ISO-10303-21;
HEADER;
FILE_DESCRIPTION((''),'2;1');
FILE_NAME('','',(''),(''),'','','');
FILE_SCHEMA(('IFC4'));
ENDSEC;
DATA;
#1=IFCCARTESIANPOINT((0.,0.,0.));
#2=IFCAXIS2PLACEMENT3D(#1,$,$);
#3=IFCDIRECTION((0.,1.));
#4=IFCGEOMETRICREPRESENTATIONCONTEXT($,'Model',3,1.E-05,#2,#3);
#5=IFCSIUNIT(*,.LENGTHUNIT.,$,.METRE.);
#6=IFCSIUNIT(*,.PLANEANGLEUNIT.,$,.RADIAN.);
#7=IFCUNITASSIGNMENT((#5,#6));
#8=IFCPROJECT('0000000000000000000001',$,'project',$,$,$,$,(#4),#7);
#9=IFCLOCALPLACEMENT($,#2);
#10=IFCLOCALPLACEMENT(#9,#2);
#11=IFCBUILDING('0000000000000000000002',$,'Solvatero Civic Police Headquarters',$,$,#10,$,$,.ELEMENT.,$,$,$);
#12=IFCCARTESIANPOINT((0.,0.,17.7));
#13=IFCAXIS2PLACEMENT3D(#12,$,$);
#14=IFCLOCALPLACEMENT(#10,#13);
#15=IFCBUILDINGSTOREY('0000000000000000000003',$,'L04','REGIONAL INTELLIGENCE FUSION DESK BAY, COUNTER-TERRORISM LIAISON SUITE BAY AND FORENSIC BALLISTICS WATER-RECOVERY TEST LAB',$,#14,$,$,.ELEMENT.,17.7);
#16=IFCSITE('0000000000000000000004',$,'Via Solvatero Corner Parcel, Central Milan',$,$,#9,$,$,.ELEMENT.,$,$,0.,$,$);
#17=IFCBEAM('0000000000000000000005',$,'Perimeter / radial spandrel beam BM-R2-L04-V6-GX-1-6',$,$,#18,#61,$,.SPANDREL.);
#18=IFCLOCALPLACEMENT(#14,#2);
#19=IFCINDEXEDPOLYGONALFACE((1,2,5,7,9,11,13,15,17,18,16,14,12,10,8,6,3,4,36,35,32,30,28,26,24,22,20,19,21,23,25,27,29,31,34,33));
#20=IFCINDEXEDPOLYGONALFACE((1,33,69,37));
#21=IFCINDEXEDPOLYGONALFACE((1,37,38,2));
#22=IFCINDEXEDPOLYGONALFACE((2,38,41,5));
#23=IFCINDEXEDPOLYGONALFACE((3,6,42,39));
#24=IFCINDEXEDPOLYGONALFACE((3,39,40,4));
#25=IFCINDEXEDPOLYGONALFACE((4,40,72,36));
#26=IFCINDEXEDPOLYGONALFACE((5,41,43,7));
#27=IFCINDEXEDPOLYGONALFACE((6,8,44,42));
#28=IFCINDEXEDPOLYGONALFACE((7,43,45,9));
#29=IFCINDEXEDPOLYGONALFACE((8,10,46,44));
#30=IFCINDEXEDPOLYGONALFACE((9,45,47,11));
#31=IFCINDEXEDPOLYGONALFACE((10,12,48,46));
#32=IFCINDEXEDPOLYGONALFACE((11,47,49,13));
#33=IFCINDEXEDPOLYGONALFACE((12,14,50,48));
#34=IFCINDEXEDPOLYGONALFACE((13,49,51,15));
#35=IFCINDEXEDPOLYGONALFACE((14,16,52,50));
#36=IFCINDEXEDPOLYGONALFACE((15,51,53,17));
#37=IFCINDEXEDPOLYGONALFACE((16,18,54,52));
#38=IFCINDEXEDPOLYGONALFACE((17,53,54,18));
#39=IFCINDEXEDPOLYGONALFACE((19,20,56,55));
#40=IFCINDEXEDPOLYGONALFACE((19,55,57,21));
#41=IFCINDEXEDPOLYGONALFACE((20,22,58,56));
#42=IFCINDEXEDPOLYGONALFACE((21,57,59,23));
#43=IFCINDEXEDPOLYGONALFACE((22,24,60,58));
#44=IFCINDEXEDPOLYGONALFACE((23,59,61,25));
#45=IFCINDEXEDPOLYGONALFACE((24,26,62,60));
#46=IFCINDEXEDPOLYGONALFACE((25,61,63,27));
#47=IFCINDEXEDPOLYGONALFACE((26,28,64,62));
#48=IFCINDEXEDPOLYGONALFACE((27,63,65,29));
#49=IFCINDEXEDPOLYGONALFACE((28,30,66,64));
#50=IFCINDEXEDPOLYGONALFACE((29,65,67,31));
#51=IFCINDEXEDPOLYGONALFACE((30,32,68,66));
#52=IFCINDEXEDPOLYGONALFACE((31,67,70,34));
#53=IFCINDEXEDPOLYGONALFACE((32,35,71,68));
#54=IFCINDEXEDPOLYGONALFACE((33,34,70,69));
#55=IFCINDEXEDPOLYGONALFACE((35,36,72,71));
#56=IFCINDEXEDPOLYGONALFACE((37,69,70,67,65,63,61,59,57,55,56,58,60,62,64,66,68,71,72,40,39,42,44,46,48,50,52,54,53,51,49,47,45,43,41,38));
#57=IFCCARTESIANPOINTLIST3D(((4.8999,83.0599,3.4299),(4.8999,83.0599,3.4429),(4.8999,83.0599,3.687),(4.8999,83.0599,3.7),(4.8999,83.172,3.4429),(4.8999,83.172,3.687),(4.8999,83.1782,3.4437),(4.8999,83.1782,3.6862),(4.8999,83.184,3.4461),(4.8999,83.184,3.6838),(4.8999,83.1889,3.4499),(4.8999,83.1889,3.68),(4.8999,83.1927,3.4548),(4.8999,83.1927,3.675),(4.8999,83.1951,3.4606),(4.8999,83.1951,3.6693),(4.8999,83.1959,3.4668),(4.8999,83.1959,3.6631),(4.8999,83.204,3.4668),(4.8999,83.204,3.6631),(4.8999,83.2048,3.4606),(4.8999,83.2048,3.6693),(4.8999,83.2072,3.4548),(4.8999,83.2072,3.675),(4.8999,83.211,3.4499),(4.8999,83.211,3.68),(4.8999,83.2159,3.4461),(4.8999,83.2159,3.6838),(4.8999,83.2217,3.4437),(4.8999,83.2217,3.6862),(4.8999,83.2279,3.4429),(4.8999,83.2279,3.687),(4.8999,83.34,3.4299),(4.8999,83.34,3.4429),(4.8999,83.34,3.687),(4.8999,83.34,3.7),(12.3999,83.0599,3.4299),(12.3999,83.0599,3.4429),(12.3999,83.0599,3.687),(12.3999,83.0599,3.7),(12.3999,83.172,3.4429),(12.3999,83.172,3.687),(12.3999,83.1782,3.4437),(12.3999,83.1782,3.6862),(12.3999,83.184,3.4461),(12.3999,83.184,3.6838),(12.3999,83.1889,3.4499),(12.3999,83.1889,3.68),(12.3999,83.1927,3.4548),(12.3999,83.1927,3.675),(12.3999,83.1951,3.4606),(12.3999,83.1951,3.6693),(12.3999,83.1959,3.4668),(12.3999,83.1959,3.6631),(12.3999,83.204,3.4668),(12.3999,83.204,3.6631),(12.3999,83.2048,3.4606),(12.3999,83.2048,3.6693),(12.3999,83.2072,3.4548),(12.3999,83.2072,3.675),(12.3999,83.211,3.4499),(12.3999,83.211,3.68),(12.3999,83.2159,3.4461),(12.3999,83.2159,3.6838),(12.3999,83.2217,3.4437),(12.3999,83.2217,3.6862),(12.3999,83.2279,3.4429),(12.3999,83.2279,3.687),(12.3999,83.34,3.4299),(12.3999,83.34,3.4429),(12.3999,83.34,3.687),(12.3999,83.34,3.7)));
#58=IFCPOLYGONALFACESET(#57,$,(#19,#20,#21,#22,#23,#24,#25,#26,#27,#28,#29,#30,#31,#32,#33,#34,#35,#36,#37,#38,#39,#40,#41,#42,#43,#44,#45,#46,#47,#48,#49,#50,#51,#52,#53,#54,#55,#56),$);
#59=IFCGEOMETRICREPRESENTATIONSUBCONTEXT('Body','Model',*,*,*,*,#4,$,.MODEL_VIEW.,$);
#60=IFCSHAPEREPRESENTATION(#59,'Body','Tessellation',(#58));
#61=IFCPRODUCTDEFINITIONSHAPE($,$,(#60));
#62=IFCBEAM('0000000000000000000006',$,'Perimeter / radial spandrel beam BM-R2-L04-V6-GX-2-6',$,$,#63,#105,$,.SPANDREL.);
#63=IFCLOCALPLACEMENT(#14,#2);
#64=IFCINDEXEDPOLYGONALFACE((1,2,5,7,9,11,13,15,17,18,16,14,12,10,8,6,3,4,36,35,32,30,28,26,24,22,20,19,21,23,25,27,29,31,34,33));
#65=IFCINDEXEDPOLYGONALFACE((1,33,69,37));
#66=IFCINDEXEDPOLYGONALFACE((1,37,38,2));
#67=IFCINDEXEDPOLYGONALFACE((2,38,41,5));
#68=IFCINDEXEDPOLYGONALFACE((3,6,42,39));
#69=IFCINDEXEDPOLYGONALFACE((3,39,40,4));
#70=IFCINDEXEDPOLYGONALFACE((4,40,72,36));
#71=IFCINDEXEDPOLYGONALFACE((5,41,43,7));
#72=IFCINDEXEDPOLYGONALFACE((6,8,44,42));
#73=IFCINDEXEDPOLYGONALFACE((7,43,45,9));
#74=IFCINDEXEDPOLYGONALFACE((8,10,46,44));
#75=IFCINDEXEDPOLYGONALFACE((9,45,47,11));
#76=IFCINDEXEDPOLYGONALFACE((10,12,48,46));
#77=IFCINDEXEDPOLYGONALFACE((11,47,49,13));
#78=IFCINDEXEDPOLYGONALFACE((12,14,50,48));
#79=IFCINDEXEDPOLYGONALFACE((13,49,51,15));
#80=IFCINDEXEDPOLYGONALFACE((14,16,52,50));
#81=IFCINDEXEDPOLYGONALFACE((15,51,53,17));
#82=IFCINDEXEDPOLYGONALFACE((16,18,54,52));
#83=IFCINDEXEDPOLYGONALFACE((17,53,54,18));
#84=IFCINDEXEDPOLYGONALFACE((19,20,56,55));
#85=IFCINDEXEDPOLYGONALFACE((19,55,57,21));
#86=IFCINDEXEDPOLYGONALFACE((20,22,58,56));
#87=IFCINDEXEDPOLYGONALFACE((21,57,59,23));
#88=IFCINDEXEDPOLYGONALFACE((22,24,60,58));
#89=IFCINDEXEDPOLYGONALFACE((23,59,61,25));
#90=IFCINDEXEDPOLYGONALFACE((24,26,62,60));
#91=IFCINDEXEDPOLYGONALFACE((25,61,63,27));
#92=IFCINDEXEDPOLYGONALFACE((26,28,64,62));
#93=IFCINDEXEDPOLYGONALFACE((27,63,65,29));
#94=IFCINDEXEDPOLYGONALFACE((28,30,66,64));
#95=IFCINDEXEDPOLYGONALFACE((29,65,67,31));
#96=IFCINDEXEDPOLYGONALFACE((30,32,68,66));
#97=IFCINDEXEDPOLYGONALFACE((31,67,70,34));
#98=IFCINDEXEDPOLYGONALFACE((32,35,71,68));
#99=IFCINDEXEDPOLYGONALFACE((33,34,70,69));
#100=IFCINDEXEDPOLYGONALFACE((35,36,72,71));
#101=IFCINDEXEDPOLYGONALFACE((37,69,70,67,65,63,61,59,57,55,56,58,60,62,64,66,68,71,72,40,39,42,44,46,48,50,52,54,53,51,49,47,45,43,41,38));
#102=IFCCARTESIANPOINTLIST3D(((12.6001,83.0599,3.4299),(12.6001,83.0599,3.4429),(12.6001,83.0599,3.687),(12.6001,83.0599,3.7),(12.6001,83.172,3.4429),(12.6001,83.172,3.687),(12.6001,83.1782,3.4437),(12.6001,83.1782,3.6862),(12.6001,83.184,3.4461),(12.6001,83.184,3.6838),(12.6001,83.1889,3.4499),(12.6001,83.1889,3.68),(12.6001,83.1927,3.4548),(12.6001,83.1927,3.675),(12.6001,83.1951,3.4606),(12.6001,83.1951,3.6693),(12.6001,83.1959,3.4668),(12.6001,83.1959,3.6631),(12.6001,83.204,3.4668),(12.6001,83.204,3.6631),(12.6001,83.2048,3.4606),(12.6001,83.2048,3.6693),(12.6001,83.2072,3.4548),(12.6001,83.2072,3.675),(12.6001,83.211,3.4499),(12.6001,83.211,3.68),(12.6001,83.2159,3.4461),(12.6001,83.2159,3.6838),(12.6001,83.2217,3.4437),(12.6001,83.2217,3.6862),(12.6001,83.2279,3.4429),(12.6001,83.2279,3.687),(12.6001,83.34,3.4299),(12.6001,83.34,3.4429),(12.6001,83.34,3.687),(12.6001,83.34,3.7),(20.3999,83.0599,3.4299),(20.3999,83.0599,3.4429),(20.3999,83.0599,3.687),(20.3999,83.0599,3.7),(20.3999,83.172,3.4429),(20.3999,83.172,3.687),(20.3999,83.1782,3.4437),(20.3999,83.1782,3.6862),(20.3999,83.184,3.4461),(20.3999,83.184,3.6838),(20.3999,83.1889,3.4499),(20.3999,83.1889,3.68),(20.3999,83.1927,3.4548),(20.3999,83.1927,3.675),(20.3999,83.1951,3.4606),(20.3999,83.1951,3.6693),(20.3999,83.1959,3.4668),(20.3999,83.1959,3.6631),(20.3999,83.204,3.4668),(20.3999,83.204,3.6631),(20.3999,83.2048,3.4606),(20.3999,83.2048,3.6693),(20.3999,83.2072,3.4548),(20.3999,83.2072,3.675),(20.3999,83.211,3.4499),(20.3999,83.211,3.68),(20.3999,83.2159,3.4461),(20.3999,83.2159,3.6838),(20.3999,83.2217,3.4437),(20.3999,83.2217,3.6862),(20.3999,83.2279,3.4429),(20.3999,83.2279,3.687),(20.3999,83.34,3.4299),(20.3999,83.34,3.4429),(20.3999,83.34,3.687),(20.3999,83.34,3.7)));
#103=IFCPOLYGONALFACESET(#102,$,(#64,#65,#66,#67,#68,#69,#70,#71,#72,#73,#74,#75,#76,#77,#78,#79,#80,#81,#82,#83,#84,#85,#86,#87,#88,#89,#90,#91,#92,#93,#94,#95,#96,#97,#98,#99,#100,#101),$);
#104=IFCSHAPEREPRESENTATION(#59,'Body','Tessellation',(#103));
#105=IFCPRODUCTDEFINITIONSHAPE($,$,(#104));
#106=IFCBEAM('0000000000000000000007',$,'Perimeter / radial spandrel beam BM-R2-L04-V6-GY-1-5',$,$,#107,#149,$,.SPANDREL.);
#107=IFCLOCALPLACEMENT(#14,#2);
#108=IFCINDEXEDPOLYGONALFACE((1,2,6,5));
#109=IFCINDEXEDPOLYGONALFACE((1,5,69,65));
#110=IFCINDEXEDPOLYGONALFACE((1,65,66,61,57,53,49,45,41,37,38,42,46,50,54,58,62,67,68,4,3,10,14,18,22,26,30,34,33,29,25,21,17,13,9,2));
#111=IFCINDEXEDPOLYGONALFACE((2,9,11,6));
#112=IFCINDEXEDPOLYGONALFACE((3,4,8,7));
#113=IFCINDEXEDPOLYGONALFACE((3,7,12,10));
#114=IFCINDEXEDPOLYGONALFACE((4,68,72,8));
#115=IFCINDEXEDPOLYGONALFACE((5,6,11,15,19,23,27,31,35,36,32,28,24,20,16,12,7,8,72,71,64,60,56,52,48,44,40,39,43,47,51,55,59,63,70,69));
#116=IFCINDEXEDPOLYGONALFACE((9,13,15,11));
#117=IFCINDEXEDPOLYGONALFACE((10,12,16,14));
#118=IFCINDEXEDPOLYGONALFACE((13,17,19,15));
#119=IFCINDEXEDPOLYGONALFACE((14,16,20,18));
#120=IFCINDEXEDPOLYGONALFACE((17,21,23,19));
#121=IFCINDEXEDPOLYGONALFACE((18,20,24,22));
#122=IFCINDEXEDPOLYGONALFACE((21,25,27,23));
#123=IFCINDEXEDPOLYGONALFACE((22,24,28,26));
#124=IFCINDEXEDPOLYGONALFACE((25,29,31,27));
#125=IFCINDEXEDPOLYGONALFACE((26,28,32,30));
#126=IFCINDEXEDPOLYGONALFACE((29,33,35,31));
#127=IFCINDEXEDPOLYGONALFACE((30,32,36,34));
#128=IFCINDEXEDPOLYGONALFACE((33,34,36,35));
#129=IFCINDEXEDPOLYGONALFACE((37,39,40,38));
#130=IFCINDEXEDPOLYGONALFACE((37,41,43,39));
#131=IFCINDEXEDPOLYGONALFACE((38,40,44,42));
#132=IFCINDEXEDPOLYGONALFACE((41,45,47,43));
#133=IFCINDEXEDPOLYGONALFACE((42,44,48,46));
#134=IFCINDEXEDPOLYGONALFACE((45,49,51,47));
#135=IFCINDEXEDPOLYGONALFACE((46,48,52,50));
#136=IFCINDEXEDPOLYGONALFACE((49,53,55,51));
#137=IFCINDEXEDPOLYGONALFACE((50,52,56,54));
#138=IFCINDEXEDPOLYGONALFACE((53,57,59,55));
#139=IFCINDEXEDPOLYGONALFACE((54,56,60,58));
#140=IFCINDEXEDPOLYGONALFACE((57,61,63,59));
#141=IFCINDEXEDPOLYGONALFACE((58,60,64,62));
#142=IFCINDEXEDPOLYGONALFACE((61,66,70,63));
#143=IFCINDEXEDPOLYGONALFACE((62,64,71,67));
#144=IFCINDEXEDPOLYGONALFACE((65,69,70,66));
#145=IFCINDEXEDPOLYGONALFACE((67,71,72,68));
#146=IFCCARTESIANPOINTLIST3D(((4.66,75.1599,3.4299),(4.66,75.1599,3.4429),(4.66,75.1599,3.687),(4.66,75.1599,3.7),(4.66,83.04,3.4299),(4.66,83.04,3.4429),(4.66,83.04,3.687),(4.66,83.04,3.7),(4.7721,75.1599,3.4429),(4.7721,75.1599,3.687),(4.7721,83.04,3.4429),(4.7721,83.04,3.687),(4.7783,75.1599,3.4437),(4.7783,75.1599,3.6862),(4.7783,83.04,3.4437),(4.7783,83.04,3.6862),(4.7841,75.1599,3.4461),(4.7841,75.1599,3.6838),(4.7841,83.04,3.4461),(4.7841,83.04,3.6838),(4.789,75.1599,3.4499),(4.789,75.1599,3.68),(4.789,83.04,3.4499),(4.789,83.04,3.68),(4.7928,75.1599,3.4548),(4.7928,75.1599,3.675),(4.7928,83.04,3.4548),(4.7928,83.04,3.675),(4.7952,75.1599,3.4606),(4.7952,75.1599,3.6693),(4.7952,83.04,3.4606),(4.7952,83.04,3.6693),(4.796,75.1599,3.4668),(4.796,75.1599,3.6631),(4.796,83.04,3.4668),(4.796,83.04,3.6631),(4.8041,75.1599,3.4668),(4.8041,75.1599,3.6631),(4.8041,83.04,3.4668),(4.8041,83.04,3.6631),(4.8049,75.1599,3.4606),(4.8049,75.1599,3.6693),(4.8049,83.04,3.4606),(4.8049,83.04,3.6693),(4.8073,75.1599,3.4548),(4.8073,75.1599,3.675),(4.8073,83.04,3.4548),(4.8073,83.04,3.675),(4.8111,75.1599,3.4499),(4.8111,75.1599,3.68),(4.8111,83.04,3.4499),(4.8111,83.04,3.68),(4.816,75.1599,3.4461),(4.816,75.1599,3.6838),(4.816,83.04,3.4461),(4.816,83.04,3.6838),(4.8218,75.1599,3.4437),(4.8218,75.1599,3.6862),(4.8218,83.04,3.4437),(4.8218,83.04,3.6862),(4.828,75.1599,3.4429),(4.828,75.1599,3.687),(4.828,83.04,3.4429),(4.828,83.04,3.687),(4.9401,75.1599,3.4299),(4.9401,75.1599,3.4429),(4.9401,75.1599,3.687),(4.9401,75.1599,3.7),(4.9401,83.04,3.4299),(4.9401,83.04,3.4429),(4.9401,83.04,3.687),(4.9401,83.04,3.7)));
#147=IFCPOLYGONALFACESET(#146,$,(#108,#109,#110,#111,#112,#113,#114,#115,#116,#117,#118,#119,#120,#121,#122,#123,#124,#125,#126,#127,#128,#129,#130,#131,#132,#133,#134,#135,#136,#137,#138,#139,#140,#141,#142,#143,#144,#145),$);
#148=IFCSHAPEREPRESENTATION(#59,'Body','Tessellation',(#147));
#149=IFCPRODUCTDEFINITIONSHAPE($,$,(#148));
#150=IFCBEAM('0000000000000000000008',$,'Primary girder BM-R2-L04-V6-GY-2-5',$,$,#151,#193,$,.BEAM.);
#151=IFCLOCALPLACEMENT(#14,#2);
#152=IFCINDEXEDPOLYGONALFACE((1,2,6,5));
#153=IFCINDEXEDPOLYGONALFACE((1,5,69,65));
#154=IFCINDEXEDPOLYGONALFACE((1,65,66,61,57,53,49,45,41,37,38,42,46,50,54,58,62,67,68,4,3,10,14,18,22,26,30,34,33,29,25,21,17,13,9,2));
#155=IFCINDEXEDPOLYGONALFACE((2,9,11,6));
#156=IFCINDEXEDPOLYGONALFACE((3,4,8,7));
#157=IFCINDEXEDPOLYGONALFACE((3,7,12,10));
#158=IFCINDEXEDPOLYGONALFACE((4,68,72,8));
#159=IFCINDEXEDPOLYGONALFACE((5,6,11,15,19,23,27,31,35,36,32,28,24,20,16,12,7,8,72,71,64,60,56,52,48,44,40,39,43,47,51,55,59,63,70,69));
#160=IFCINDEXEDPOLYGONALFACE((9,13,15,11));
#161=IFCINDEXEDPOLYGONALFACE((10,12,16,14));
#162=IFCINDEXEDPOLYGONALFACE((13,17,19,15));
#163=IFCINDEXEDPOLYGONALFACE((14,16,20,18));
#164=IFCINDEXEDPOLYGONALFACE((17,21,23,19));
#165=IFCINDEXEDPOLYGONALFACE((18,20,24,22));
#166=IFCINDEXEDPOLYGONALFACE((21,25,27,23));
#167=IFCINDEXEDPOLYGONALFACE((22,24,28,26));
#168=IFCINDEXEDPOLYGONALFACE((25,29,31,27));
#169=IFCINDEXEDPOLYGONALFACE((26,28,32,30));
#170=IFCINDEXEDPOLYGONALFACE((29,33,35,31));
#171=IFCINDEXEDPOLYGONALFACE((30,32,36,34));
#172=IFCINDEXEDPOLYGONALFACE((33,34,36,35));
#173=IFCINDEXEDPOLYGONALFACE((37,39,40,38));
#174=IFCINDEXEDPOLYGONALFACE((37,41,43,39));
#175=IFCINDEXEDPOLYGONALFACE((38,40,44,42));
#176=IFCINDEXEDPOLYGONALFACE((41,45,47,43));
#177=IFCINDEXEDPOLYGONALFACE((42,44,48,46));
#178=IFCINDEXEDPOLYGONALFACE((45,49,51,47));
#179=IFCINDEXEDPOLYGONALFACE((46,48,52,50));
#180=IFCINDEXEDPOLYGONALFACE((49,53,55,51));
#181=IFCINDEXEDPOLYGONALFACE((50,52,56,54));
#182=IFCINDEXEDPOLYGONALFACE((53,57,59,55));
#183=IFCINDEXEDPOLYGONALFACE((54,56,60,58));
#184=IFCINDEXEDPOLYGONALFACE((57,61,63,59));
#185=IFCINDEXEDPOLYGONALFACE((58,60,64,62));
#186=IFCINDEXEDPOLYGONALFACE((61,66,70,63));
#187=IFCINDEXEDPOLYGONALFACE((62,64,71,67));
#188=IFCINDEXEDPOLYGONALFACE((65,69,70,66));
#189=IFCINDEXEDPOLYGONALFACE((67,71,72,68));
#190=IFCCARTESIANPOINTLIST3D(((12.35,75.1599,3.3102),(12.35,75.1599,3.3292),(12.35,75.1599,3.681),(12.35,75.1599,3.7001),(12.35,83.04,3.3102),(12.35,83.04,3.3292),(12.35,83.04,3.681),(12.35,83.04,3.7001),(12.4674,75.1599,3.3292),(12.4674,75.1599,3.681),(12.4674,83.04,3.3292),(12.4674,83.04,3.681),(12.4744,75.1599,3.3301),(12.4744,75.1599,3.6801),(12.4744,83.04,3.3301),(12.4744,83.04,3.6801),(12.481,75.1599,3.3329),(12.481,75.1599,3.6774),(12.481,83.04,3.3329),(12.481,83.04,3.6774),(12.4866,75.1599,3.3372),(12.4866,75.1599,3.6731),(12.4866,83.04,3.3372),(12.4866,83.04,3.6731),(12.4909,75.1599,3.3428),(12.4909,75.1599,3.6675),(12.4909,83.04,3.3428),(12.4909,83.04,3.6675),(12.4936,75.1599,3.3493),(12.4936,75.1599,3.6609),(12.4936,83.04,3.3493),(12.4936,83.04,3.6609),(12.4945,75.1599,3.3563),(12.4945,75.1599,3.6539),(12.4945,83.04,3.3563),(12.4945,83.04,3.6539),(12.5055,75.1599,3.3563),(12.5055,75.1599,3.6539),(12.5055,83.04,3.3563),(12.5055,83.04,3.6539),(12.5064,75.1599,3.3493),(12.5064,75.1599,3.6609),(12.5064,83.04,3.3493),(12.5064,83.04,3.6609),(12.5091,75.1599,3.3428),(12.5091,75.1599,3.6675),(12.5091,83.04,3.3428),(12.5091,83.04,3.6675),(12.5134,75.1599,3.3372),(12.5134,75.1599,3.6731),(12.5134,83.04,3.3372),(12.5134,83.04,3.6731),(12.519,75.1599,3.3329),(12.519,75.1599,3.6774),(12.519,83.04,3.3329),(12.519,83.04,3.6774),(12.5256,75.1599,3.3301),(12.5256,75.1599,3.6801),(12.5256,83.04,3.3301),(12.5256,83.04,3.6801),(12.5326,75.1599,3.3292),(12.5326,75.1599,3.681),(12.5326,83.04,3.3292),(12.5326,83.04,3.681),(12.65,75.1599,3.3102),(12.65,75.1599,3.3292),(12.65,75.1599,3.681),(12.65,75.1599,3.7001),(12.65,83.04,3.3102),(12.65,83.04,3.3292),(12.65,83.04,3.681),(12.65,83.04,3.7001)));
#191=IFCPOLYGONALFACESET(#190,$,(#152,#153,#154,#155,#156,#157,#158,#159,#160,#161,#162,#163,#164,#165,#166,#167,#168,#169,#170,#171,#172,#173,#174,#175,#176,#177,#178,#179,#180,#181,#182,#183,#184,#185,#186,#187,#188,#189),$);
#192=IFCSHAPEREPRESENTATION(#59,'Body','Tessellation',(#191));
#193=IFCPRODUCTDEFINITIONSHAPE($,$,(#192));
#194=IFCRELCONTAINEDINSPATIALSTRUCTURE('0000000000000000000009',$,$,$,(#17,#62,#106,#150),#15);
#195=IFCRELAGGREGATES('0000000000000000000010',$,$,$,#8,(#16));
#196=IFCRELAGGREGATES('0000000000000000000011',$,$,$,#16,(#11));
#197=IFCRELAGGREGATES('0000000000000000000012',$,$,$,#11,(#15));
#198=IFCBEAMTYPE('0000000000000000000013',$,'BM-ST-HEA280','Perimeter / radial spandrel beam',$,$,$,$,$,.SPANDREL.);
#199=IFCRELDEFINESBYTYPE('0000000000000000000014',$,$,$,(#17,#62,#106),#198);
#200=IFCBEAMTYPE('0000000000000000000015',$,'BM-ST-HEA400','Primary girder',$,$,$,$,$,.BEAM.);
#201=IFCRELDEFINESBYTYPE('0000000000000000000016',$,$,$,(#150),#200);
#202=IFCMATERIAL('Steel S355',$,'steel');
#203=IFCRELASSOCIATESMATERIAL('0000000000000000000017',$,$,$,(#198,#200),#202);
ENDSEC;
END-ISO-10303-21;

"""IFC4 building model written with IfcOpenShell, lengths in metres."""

from ifc_helpers import new_model, si_unit, direction, frame, origin, origin_2d, place, context, subcontext, project, spatial, i_section, extrude, material, material_profile, profile_set, type_object, element, save


model = new_model("IFC4")

# Units and contexts
model_context = context("Model", 3, precision=1e-05, world=origin(), true_north=direction((0.0, 1.0)))
body_context = subcontext(model_context, "Body", "Model", "MODEL_VIEW")
ifc_project = project(units=[si_unit("LENGTHUNIT", "METRE"), si_unit("PLANEANGLEUNIT", "RADIAN")], contexts=[model_context])

# Site, building, storey
site_placement = place(None, origin())
site = spatial("IfcSite", under=ifc_project, at=site_placement, Name="Via Solvatero Corner Parcel, Central Milan", CompositionType="ELEMENT", RefElevation=0.0)
building_placement = place(site_placement, origin())
building = spatial("IfcBuilding", under=site, at=building_placement, Name="Solvatero Civic Police Headquarters", CompositionType="ELEMENT")
storey_placement = place(building_placement, frame((0.0, 0.0, 17.7)))
storey = spatial("IfcBuildingStorey", under=building, at=storey_placement, Name="L04", Description="REGIONAL INTELLIGENCE FUSION DESK BAY, COUNTER-TERRORISM LIAISON SUITE BAY AND FORENSIC BALLISTICS WATER-RECOVERY TEST LAB", CompositionType="ELEMENT", Elevation=17.7)

# Shared definitions
ifc_material_1 = material(Name="Steel S355", Category="steel")

# Beams
ifc_material_profile_1 = material_profile(ifc_material_1, i_section(OverallWidth=0.28, OverallDepth=0.27, WebThickness=0.0081, FlangeThickness=0.0129, FilletRadius=0.0239, at=origin_2d()), Name="HEA 280")
ifc_profile_set_1 = profile_set([ifc_material_profile_1], Name="Steel S355")
beam_type_1 = type_object("IfcBeamType", Name="BM-ST-HEA280", Description="Perimeter / radial spandrel beam", PredefinedType="SPANDREL", material=ifc_profile_set_1)
beam_1_placement = place(storey_placement, frame((4.8999, 83.2, 3.5649), z_axis=(1.0, 0.0, 0.0), x_axis=(0.0, 1.0, 0.0)))
element("IfcBeam", 1, at=beam_1_placement, inside=storey, type_object=beam_type_1, Name="Perimeter / radial spandrel beam BM-R2-L04-V6-GX-1-6", PredefinedType="SPANDREL", context=body_context, shape_type="SweptSolid", body=[
    extrude(i_section(OverallWidth=0.28, OverallDepth=0.27, WebThickness=0.0081, FlangeThickness=0.0129, FilletRadius=0.0239, at=origin_2d()), origin(), (0.0, 0.0, 1.0), 7.5),
])
beam_2_placement = place(storey_placement, frame((12.6001, 83.2, 3.5649), z_axis=(1.0, 0.0, 0.0), x_axis=(0.0, 1.0, 0.0)))
element("IfcBeam", 2, at=beam_2_placement, inside=storey, type_object=beam_type_1, Name="Perimeter / radial spandrel beam BM-R2-L04-V6-GX-2-6", PredefinedType="SPANDREL", context=body_context, shape_type="SweptSolid", body=[
    extrude(i_section(OverallWidth=0.28, OverallDepth=0.27, WebThickness=0.0081, FlangeThickness=0.0129, FilletRadius=0.0239, at=origin_2d()), origin(), (0.0, 0.0, 1.0), 7.7998),
])
beam_3_placement = place(storey_placement, frame((4.8, 75.1599, 3.5649), z_axis=(0.0, 1.0, 0.0), x_axis=(-1.0, 0.0, 0.0)))
element("IfcBeam", 3, at=beam_3_placement, inside=storey, type_object=beam_type_1, Name="Perimeter / radial spandrel beam BM-R2-L04-V6-GY-1-5", PredefinedType="SPANDREL", context=body_context, shape_type="SweptSolid", body=[
    extrude(i_section(OverallWidth=0.28, OverallDepth=0.27, WebThickness=0.0081, FlangeThickness=0.0129, FilletRadius=0.0239, at=origin_2d()), origin(), (0.0, 0.0, 1.0), 7.8801),
])
ifc_material_profile_2 = material_profile(ifc_material_1, i_section(OverallWidth=0.3, OverallDepth=0.3899, WebThickness=0.011, FlangeThickness=0.019, FilletRadius=0.0271, at=origin_2d()), Name="HEA 400")
ifc_profile_set_2 = profile_set([ifc_material_profile_2], Name="Steel S355")
beam_type_2 = type_object("IfcBeamType", Name="BM-ST-HEA400", Description="Primary girder", PredefinedType="BEAM", material=ifc_profile_set_2)
beam_4_placement = place(storey_placement, frame((12.5, 75.1599, 3.5051), z_axis=(0.0, 1.0, 0.0), x_axis=(-1.0, 0.0, 0.0)))
element("IfcBeam", 4, at=beam_4_placement, inside=storey, type_object=beam_type_2, Name="Primary girder BM-R2-L04-V6-GY-2-5", PredefinedType="BEAM", context=body_context, shape_type="SweptSolid", body=[
    extrude(i_section(OverallWidth=0.3, OverallDepth=0.3899, WebThickness=0.011, FlangeThickness=0.019, FilletRadius=0.0271, at=origin_2d()), origin(), (0.0, 0.0, 1.0), 7.8801),
])

save(model, "model.ifc")
